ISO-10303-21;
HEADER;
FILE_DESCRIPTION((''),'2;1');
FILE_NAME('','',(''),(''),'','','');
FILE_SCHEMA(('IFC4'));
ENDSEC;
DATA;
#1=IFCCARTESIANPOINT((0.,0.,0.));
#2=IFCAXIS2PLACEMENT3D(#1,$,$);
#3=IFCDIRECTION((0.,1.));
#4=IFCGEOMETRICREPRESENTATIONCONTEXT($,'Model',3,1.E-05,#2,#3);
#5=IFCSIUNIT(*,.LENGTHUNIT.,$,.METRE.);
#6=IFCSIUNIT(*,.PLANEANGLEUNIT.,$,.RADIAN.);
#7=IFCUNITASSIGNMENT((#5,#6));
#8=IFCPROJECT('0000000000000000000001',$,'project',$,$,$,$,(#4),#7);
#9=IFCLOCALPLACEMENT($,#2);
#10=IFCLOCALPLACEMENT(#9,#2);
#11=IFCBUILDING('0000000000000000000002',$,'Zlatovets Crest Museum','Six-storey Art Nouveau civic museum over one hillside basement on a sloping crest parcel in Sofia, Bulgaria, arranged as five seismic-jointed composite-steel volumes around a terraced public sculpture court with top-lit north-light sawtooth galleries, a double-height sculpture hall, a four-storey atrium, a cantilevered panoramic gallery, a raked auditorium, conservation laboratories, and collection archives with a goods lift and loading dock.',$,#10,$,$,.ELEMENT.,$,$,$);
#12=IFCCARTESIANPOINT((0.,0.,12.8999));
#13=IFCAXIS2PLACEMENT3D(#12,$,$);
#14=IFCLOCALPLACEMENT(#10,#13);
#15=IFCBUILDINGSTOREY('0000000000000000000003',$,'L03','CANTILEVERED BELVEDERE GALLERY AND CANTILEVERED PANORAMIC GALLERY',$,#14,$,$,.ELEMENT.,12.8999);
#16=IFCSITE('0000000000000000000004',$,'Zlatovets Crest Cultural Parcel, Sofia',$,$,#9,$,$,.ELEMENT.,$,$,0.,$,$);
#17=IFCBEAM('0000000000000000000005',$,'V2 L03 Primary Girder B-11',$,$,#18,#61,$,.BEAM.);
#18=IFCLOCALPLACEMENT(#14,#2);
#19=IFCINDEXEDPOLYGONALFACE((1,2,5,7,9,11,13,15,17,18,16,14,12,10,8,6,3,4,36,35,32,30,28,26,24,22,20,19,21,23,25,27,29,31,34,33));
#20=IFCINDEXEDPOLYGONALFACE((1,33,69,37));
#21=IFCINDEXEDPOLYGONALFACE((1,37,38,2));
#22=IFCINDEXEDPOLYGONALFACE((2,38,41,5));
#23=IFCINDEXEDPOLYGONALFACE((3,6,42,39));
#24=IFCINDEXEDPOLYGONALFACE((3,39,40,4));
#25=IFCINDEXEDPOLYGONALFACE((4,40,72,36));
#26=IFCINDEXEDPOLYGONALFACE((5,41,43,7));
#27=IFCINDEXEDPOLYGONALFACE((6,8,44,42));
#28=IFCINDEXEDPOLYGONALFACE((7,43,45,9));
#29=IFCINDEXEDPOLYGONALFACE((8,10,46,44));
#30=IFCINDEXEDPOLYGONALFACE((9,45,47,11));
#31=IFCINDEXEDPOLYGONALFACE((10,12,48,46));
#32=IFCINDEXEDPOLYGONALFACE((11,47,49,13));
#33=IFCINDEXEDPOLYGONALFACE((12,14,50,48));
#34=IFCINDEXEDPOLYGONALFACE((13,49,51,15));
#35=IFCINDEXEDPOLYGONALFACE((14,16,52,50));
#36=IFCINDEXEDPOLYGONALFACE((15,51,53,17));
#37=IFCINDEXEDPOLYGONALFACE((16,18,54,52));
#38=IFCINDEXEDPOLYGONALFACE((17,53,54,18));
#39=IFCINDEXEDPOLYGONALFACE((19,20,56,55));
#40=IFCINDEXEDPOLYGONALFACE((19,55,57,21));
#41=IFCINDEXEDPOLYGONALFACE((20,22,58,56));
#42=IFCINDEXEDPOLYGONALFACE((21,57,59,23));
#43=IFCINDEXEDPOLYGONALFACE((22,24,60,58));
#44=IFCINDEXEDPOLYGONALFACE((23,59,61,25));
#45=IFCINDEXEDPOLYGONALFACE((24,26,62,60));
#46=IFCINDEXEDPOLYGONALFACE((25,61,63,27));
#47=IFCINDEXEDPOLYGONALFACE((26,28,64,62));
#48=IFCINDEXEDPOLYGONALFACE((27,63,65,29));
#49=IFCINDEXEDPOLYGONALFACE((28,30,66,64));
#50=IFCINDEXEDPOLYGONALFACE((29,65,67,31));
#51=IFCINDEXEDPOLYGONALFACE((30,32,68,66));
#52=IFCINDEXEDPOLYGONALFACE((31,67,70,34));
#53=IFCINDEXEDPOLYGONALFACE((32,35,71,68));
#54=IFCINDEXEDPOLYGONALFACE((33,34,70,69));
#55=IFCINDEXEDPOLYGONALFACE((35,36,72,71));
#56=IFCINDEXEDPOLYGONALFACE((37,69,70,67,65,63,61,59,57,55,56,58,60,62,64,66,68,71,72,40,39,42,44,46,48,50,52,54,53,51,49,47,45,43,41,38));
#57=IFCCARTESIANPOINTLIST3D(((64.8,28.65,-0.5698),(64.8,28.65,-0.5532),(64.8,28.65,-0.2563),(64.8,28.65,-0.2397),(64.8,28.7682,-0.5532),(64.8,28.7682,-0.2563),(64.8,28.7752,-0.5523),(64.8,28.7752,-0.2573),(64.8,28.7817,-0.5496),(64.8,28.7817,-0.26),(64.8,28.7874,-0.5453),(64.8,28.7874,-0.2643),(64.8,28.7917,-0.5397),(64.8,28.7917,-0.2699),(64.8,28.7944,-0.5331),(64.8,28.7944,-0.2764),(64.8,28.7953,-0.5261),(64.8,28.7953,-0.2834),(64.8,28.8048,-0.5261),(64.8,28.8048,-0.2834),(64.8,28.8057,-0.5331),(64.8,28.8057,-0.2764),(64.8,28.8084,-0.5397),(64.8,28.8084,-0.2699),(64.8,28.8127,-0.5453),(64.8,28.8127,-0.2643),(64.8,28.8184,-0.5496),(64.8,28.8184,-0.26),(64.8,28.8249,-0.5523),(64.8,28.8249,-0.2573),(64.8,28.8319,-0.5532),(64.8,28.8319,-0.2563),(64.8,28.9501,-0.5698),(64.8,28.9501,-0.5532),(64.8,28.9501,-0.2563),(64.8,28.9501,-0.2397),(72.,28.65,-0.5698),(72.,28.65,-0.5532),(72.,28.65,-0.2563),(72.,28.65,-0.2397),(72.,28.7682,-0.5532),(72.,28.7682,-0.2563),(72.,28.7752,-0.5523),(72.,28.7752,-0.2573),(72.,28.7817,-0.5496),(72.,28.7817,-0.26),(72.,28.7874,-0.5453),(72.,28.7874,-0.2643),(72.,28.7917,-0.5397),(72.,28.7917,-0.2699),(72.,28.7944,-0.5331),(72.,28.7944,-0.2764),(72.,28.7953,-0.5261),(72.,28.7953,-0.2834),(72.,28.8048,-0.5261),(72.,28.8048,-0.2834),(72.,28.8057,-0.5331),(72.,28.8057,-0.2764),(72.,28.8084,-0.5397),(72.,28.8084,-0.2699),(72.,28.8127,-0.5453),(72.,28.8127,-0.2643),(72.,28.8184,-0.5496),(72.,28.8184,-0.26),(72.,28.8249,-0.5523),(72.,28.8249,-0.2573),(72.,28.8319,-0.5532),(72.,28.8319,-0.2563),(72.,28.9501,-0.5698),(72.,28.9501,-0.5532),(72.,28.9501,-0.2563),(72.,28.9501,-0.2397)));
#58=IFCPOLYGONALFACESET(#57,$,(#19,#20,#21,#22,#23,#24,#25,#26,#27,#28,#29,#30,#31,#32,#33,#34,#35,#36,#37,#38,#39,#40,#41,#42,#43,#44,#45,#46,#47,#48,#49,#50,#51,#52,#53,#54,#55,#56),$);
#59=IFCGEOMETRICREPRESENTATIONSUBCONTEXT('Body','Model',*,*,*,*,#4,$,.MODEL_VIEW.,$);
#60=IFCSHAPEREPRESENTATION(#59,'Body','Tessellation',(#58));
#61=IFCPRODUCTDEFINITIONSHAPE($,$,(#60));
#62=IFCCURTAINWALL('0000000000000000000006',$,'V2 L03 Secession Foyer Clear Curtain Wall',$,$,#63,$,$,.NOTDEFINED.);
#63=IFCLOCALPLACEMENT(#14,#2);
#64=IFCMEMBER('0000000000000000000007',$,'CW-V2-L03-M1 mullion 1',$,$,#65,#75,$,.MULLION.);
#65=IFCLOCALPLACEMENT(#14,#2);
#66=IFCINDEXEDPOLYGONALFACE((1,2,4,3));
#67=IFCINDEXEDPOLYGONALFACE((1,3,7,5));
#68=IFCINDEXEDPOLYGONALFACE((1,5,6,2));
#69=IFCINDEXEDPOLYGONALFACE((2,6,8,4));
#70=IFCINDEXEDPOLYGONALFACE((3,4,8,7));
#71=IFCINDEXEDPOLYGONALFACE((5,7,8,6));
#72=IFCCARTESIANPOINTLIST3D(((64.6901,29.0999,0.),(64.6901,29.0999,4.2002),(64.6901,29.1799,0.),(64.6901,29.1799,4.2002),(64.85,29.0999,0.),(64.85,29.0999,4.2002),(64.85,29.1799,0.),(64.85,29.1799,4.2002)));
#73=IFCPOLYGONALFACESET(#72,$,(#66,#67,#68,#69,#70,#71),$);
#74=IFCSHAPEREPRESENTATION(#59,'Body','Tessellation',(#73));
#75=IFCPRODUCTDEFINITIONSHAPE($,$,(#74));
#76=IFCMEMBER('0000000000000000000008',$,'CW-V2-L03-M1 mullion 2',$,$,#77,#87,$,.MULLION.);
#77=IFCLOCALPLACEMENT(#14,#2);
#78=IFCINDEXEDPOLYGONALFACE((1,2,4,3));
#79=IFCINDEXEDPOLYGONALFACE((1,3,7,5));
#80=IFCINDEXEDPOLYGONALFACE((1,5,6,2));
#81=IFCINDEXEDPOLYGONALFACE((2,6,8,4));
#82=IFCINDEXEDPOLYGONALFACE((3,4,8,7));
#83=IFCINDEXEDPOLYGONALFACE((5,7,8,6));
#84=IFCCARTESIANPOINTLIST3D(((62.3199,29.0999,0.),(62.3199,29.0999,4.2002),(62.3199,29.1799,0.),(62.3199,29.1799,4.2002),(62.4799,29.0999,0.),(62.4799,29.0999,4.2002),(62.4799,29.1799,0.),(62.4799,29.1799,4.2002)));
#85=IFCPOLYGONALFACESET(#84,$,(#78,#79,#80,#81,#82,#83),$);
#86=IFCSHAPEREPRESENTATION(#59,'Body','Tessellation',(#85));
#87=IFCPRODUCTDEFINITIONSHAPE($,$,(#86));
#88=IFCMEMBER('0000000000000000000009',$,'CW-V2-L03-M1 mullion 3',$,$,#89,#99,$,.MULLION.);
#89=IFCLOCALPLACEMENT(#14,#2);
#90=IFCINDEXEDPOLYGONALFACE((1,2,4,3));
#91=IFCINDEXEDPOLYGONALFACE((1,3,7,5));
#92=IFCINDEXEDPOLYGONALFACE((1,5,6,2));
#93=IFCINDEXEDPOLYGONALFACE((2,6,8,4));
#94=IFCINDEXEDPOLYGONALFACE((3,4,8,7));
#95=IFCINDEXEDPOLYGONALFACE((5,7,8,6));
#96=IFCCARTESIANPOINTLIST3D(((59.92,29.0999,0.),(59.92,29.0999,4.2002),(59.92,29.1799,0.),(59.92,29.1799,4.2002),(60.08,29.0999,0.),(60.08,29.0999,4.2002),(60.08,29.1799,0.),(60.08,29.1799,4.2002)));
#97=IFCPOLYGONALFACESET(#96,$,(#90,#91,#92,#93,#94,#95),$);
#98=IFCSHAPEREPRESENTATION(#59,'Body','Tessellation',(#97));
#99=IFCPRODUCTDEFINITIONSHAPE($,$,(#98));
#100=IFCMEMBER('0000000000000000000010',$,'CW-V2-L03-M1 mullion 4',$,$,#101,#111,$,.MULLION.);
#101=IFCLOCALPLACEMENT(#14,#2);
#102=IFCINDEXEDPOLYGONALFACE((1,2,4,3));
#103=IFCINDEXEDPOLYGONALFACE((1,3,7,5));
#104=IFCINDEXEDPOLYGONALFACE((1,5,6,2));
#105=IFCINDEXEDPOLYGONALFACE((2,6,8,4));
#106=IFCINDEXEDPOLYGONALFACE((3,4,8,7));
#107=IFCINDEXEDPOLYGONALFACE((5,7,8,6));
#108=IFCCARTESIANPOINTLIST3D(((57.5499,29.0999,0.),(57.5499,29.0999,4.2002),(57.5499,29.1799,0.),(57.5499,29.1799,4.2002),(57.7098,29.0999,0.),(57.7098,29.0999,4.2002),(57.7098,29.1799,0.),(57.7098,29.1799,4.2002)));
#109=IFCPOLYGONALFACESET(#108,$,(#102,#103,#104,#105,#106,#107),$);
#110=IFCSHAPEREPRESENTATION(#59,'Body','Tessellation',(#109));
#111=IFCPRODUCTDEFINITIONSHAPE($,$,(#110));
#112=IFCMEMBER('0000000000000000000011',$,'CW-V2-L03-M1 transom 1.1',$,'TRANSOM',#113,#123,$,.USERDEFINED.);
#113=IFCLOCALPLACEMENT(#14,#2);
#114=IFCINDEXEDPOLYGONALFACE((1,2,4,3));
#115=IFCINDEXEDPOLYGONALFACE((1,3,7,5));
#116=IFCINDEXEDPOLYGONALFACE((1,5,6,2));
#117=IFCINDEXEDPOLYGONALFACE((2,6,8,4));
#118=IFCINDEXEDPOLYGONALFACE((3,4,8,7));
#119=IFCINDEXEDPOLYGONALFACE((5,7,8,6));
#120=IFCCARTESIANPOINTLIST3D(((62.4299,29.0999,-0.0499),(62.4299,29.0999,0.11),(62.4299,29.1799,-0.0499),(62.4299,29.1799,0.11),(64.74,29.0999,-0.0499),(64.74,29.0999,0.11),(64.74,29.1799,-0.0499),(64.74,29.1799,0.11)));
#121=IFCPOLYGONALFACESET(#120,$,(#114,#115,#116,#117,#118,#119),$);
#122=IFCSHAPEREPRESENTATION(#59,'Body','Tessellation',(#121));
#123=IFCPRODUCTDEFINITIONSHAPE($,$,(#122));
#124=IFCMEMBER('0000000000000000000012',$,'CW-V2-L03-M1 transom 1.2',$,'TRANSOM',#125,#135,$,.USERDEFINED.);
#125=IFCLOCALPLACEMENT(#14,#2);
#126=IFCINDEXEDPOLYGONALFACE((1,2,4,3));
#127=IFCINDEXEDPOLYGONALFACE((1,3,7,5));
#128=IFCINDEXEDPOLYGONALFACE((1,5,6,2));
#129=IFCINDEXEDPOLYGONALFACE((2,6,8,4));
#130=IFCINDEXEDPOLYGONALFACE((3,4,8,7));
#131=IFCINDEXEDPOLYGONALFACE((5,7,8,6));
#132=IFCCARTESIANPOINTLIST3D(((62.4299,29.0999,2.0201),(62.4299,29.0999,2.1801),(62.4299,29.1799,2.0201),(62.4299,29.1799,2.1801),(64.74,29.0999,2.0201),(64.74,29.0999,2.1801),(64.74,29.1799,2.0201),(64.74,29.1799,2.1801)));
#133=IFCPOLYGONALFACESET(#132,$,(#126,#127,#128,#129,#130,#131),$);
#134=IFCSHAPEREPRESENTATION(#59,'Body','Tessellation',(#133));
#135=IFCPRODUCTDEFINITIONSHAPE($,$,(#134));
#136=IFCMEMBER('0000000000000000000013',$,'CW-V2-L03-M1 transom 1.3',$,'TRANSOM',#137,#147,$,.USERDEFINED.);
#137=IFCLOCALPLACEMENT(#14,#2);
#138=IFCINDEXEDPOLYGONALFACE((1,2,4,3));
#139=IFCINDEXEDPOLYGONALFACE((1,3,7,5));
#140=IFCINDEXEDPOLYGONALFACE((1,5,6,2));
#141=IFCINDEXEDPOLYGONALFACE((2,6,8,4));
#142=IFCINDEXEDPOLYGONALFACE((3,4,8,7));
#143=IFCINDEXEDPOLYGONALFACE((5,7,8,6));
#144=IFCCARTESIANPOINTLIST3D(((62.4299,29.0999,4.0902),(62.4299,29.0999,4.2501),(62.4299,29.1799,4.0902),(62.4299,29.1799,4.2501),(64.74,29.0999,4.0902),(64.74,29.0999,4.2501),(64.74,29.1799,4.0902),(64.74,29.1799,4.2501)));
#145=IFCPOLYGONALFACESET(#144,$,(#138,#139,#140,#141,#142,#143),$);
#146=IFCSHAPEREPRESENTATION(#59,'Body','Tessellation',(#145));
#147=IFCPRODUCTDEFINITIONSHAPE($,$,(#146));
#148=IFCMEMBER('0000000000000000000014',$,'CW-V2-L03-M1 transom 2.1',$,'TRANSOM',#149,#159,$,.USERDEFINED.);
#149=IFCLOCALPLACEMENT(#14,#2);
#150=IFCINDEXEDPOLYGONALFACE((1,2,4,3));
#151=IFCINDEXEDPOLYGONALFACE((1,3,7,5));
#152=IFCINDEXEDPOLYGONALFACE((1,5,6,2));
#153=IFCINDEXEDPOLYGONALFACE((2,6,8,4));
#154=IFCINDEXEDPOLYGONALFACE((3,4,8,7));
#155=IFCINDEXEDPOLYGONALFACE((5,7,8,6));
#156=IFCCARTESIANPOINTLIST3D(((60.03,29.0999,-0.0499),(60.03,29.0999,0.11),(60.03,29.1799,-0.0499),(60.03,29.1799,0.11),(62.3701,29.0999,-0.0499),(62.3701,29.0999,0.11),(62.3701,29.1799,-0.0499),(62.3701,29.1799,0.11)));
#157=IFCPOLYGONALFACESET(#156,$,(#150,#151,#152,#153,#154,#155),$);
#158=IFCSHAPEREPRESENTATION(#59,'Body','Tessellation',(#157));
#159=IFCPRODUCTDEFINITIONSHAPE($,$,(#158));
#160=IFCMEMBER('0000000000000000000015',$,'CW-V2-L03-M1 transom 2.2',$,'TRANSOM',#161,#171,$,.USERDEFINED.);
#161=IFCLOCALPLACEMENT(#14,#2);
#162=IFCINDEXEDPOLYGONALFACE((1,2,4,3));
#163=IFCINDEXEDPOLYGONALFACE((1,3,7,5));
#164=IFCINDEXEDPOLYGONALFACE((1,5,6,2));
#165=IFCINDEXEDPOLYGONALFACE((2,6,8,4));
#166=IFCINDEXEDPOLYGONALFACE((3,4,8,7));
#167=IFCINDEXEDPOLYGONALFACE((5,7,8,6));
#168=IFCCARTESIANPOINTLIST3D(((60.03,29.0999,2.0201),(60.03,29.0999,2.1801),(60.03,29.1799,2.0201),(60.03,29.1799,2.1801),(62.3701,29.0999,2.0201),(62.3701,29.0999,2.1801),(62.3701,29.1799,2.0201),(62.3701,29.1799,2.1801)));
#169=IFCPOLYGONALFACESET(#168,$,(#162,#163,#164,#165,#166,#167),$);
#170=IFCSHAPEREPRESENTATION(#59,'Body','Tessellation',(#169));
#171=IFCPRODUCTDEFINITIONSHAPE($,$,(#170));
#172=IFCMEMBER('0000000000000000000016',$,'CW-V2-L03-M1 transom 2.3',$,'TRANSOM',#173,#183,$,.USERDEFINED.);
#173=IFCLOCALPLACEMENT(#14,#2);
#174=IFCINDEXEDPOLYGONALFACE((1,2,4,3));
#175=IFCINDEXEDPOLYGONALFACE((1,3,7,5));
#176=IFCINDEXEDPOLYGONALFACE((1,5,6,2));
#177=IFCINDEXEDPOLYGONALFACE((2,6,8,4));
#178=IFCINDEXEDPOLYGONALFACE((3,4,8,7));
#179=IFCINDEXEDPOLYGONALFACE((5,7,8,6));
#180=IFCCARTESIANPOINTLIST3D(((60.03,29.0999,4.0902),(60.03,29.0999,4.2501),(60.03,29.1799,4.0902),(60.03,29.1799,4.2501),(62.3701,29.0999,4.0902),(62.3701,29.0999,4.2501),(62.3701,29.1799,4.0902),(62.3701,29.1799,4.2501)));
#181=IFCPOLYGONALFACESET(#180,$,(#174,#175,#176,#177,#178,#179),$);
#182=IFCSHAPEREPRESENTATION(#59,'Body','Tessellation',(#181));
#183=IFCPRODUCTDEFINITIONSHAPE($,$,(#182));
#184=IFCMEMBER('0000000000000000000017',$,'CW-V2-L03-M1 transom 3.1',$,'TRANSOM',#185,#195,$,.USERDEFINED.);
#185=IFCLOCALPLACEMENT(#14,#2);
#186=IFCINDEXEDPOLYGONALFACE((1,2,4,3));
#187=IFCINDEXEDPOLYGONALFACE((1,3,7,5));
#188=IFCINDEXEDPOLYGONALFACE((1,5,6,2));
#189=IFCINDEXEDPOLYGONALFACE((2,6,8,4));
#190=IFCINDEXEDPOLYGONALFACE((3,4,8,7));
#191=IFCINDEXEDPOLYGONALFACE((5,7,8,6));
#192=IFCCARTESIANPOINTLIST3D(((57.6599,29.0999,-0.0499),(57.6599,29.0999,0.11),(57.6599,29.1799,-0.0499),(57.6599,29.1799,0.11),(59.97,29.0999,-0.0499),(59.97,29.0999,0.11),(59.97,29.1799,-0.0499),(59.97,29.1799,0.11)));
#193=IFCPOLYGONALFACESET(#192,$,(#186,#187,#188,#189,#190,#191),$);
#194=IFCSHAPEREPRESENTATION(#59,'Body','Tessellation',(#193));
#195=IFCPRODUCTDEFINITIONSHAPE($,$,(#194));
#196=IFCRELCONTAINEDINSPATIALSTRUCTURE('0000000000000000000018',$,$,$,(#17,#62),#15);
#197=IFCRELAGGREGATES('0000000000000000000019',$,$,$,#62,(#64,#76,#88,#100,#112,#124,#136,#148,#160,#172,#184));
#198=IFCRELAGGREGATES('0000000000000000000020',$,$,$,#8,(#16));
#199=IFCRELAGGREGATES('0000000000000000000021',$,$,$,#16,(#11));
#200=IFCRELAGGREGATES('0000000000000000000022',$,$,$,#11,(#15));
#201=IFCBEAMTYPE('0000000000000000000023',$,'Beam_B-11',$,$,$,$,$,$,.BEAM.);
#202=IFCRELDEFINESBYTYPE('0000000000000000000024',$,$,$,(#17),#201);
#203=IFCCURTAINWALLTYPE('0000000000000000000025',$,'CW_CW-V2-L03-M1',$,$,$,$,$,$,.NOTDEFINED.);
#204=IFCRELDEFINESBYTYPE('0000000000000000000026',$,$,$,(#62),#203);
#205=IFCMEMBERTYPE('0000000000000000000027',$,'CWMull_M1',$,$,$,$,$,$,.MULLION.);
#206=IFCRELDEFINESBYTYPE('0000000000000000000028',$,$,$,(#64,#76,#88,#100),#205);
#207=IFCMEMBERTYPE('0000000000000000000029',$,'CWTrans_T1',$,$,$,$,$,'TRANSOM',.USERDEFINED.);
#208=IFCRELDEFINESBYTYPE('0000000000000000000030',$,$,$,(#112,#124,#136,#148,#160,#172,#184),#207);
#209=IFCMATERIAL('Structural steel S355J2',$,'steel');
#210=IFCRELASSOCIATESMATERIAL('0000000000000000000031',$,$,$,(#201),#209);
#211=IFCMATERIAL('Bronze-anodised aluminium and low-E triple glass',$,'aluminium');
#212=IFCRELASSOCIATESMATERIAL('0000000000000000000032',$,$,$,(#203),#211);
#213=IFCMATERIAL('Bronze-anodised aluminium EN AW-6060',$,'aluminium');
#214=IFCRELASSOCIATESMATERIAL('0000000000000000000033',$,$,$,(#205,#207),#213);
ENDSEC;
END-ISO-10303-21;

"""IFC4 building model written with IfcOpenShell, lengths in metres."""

from ifc_helpers import new_model, si_unit, direction, frame, origin, origin_2d, place, context, subcontext, project, spatial, rectangle, i_section, extrude, material, material_profile, profile_set, type_object, element, aggregate, save


model = new_model("IFC4")

# Units and contexts
model_context = context("Model", 3, precision=1e-05, world=origin(), true_north=direction((0.0, 1.0)))
body_context = subcontext(model_context, "Body", "Model", "MODEL_VIEW")
ifc_project = project(units=[si_unit("LENGTHUNIT", "METRE"), si_unit("PLANEANGLEUNIT", "RADIAN")], contexts=[model_context])

# Site, building, storey
site_placement = place(None, origin())
site = spatial("IfcSite", under=ifc_project, at=site_placement, Name="Zlatovets Crest Cultural Parcel, Sofia", CompositionType="ELEMENT", RefElevation=0.0)
building_placement = place(site_placement, origin())
building = spatial("IfcBuilding", under=site, at=building_placement, Name="Zlatovets Crest Museum", Description="Six-storey Art Nouveau civic museum over one hillside basement on a sloping crest parcel in Sofia, Bulgaria, arranged as five seismic-jointed composite-steel volumes around a terraced public sculpture court with top-lit north-light sawtooth galleries, a double-height sculpture hall, a four-storey atrium, a cantilevered panoramic gallery, a raked auditorium, conservation laboratories, and collection archives with a goods lift and loading dock.", CompositionType="ELEMENT")
storey_placement = place(building_placement, frame((0.0, 0.0, 12.8999)))
storey = spatial("IfcBuildingStorey", under=building, at=storey_placement, Name="L03", Description="CANTILEVERED BELVEDERE GALLERY AND CANTILEVERED PANORAMIC GALLERY", CompositionType="ELEMENT", Elevation=12.8999)

# Beam
ifc_material_1 = material(Name="Structural steel S355J2", Category="steel")
ifc_material_profile_1 = material_profile(ifc_material_1, i_section(OverallWidth=0.3, OverallDepth=0.3301, WebThickness=0.0095, FlangeThickness=0.0166, FilletRadius=0.0271, at=origin_2d()), Name="HEA 340")
ifc_profile_set_1 = profile_set([ifc_material_profile_1], Name="Structural steel S355J2")
beam_type = type_object("IfcBeamType", Name="Beam_B-11", PredefinedType="BEAM", material=ifc_profile_set_1)
beam_placement = place(storey_placement, frame((64.8, 28.8, -0.4048), z_axis=(1.0, 0.0, 0.0), x_axis=(0.0, 1.0, 0.0)))
element("IfcBeam", 1, at=beam_placement, inside=storey, type_object=beam_type, Name="V2 L03 Primary Girder B-11", PredefinedType="BEAM", context=body_context, shape_type="SweptSolid", body=[
    extrude(i_section(OverallWidth=0.3, OverallDepth=0.3301, WebThickness=0.0095, FlangeThickness=0.0166, FilletRadius=0.0271, at=origin_2d()), origin(), (0.0, 0.0, 1.0), 7.2),
])

# Curtain wall, members
ifc_material_2 = material(Name="Bronze-anodised aluminium and low-E triple glass", Category="aluminium")
curtain_wall_type = type_object("IfcCurtainWallType", Name="CW_CW-V2-L03-M1", PredefinedType="NOTDEFINED", material=ifc_material_2)
curtain_wall_placement = place(storey_placement, origin())
curtain_wall = element("IfcCurtainWall", 2, at=curtain_wall_placement, inside=storey, type_object=curtain_wall_type, Name="V2 L03 Secession Foyer Clear Curtain Wall", PredefinedType="NOTDEFINED")
ifc_material_3 = material(Name="Bronze-anodised aluminium EN AW-6060", Category="aluminium")
ifc_material_profile_2 = material_profile(ifc_material_3, rectangle(XDim=0.0801, YDim=0.1599, at=origin_2d()), Name="ALU 80x160")
ifc_profile_set_2 = profile_set([ifc_material_profile_2], Name="Bronze-anodised aluminium EN AW-6060")
member_type_1 = type_object("IfcMemberType", Name="CWMull_M1", PredefinedType="MULLION", material=ifc_profile_set_2)
member_1_placement = place(storey_placement, frame((64.77, 29.1399, 0.0), z_axis=(0.0, 0.0, 1.0), x_axis=(0.0, -1.0, 0.0)))
member_1 = element("IfcMember", 3, at=member_1_placement, type_object=member_type_1, Name="CW-V2-L03-M1 mullion 1", PredefinedType="MULLION", context=body_context, shape_type="SweptSolid", body=[
    extrude(rectangle(XDim=0.0801, YDim=0.1599, at=origin_2d()), origin(), (0.0, 0.0, 1.0), 4.2002),
])
member_2_placement = place(storey_placement, frame((62.3999, 29.1399, 0.0), z_axis=(0.0, 0.0, 1.0), x_axis=(0.0, -1.0, 0.0)))
member_2 = element("IfcMember", 4, at=member_2_placement, type_object=member_type_1, Name="CW-V2-L03-M1 mullion 2", PredefinedType="MULLION", context=body_context, shape_type="SweptSolid", body=[
    extrude(rectangle(XDim=0.0801, YDim=0.1599, at=origin_2d()), origin(), (0.0, 0.0, 1.0), 4.2002),
])
member_3_placement = place(storey_placement, frame((60.0, 29.1399, 0.0), z_axis=(0.0, 0.0, 1.0), x_axis=(0.0, -1.0, 0.0)))
member_3 = element("IfcMember", 5, at=member_3_placement, type_object=member_type_1, Name="CW-V2-L03-M1 mullion 3", PredefinedType="MULLION", context=body_context, shape_type="SweptSolid", body=[
    extrude(rectangle(XDim=0.0801, YDim=0.1599, at=origin_2d()), origin(), (0.0, 0.0, 1.0), 4.2002),
])
member_4_placement = place(storey_placement, frame((57.6299, 29.1399, 0.0), z_axis=(0.0, 0.0, 1.0), x_axis=(0.0, -1.0, 0.0)))
member_4 = element("IfcMember", 6, at=member_4_placement, type_object=member_type_1, Name="CW-V2-L03-M1 mullion 4", PredefinedType="MULLION", context=body_context, shape_type="SweptSolid", body=[
    extrude(rectangle(XDim=0.0801, YDim=0.1599, at=origin_2d()), origin(), (0.0, 0.0, 1.0), 4.2002),
])
ifc_material_profile_3 = material_profile(ifc_material_3, rectangle(XDim=0.0801, YDim=0.1599, at=origin_2d()), Name="ALU 80x160")
ifc_profile_set_3 = profile_set([ifc_material_profile_3], Name="Bronze-anodised aluminium EN AW-6060")
member_type_2 = type_object("IfcMemberType", Name="CWTrans_T1", ElementType="TRANSOM", PredefinedType="USERDEFINED", material=ifc_profile_set_3)
member_5_placement = place(storey_placement, frame((64.74, 29.1399, 0.03), z_axis=(-1.0, 0.0, 0.0), x_axis=(0.0, -1.0, 0.0)))
member_5 = element("IfcMember", 7, at=member_5_placement, type_object=member_type_2, Name="CW-V2-L03-M1 transom 1.1", ObjectType="TRANSOM", PredefinedType="USERDEFINED", context=body_context, shape_type="SweptSolid", body=[
    extrude(rectangle(XDim=0.0801, YDim=0.1599, at=origin_2d()), origin(), (0.0, 0.0, 1.0), 2.3101),
])
member_6_placement = place(storey_placement, frame((64.74, 29.1399, 2.1001), z_axis=(-1.0, 0.0, 0.0), x_axis=(0.0, -1.0, 0.0)))
member_6 = element("IfcMember", 8, at=member_6_placement, type_object=member_type_2, Name="CW-V2-L03-M1 transom 1.2", ObjectType="TRANSOM", PredefinedType="USERDEFINED", context=body_context, shape_type="SweptSolid", body=[
    extrude(rectangle(XDim=0.0801, YDim=0.1599, at=origin_2d()), origin(), (0.0, 0.0, 1.0), 2.3101),
])
member_7_placement = place(storey_placement, frame((64.74, 29.1399, 4.1702), z_axis=(-1.0, 0.0, 0.0), x_axis=(0.0, -1.0, 0.0)))
member_7 = element("IfcMember", 9, at=member_7_placement, type_object=member_type_2, Name="CW-V2-L03-M1 transom 1.3", ObjectType="TRANSOM", PredefinedType="USERDEFINED", context=body_context, shape_type="SweptSolid", body=[
    extrude(rectangle(XDim=0.0801, YDim=0.1599, at=origin_2d()), origin(), (0.0, 0.0, 1.0), 2.3101),
])
member_8_placement = place(storey_placement, frame((62.3701, 29.1399, 0.03), z_axis=(-1.0, 0.0, 0.0), x_axis=(0.0, -1.0, 0.0)))
member_8 = element("IfcMember", 10, at=member_8_placement, type_object=member_type_2, Name="CW-V2-L03-M1 transom 2.1", ObjectType="TRANSOM", PredefinedType="USERDEFINED", context=body_context, shape_type="SweptSolid", body=[
    extrude(rectangle(XDim=0.0801, YDim=0.1599, at=origin_2d()), origin(), (0.0, 0.0, 1.0), 2.3401),
])
member_9_placement = place(storey_placement, frame((62.3701, 29.1399, 2.1001), z_axis=(-1.0, 0.0, 0.0), x_axis=(0.0, -1.0, 0.0)))
member_9 = element("IfcMember", 11, at=member_9_placement, type_object=member_type_2, Name="CW-V2-L03-M1 transom 2.2", ObjectType="TRANSOM", PredefinedType="USERDEFINED", context=body_context, shape_type="SweptSolid", body=[
    extrude(rectangle(XDim=0.0801, YDim=0.1599, at=origin_2d()), origin(), (0.0, 0.0, 1.0), 2.3401),
])
member_10_placement = place(storey_placement, frame((62.3701, 29.1399, 4.1702), z_axis=(-1.0, 0.0, 0.0), x_axis=(0.0, -1.0, 0.0)))
member_10 = element("IfcMember", 12, at=member_10_placement, type_object=member_type_2, Name="CW-V2-L03-M1 transom 2.3", ObjectType="TRANSOM", PredefinedType="USERDEFINED", context=body_context, shape_type="SweptSolid", body=[
    extrude(rectangle(XDim=0.0801, YDim=0.1599, at=origin_2d()), origin(), (0.0, 0.0, 1.0), 2.3401),
])
member_11_placement = place(storey_placement, frame((59.97, 29.1399, 0.03), z_axis=(-1.0, 0.0, 0.0), x_axis=(0.0, -1.0, 0.0)))
member_11 = element("IfcMember", 13, at=member_11_placement, type_object=member_type_2, Name="CW-V2-L03-M1 transom 3.1", ObjectType="TRANSOM", PredefinedType="USERDEFINED", context=body_context, shape_type="SweptSolid", body=[
    extrude(rectangle(XDim=0.0801, YDim=0.1599, at=origin_2d()), origin(), (0.0, 0.0, 1.0), 2.3101),
])

aggregate(curtain_wall, [member_1, member_2, member_3, member_4, member_5, member_6, member_7, member_8, member_9, member_10, member_11])

save(model, "model.ifc")
